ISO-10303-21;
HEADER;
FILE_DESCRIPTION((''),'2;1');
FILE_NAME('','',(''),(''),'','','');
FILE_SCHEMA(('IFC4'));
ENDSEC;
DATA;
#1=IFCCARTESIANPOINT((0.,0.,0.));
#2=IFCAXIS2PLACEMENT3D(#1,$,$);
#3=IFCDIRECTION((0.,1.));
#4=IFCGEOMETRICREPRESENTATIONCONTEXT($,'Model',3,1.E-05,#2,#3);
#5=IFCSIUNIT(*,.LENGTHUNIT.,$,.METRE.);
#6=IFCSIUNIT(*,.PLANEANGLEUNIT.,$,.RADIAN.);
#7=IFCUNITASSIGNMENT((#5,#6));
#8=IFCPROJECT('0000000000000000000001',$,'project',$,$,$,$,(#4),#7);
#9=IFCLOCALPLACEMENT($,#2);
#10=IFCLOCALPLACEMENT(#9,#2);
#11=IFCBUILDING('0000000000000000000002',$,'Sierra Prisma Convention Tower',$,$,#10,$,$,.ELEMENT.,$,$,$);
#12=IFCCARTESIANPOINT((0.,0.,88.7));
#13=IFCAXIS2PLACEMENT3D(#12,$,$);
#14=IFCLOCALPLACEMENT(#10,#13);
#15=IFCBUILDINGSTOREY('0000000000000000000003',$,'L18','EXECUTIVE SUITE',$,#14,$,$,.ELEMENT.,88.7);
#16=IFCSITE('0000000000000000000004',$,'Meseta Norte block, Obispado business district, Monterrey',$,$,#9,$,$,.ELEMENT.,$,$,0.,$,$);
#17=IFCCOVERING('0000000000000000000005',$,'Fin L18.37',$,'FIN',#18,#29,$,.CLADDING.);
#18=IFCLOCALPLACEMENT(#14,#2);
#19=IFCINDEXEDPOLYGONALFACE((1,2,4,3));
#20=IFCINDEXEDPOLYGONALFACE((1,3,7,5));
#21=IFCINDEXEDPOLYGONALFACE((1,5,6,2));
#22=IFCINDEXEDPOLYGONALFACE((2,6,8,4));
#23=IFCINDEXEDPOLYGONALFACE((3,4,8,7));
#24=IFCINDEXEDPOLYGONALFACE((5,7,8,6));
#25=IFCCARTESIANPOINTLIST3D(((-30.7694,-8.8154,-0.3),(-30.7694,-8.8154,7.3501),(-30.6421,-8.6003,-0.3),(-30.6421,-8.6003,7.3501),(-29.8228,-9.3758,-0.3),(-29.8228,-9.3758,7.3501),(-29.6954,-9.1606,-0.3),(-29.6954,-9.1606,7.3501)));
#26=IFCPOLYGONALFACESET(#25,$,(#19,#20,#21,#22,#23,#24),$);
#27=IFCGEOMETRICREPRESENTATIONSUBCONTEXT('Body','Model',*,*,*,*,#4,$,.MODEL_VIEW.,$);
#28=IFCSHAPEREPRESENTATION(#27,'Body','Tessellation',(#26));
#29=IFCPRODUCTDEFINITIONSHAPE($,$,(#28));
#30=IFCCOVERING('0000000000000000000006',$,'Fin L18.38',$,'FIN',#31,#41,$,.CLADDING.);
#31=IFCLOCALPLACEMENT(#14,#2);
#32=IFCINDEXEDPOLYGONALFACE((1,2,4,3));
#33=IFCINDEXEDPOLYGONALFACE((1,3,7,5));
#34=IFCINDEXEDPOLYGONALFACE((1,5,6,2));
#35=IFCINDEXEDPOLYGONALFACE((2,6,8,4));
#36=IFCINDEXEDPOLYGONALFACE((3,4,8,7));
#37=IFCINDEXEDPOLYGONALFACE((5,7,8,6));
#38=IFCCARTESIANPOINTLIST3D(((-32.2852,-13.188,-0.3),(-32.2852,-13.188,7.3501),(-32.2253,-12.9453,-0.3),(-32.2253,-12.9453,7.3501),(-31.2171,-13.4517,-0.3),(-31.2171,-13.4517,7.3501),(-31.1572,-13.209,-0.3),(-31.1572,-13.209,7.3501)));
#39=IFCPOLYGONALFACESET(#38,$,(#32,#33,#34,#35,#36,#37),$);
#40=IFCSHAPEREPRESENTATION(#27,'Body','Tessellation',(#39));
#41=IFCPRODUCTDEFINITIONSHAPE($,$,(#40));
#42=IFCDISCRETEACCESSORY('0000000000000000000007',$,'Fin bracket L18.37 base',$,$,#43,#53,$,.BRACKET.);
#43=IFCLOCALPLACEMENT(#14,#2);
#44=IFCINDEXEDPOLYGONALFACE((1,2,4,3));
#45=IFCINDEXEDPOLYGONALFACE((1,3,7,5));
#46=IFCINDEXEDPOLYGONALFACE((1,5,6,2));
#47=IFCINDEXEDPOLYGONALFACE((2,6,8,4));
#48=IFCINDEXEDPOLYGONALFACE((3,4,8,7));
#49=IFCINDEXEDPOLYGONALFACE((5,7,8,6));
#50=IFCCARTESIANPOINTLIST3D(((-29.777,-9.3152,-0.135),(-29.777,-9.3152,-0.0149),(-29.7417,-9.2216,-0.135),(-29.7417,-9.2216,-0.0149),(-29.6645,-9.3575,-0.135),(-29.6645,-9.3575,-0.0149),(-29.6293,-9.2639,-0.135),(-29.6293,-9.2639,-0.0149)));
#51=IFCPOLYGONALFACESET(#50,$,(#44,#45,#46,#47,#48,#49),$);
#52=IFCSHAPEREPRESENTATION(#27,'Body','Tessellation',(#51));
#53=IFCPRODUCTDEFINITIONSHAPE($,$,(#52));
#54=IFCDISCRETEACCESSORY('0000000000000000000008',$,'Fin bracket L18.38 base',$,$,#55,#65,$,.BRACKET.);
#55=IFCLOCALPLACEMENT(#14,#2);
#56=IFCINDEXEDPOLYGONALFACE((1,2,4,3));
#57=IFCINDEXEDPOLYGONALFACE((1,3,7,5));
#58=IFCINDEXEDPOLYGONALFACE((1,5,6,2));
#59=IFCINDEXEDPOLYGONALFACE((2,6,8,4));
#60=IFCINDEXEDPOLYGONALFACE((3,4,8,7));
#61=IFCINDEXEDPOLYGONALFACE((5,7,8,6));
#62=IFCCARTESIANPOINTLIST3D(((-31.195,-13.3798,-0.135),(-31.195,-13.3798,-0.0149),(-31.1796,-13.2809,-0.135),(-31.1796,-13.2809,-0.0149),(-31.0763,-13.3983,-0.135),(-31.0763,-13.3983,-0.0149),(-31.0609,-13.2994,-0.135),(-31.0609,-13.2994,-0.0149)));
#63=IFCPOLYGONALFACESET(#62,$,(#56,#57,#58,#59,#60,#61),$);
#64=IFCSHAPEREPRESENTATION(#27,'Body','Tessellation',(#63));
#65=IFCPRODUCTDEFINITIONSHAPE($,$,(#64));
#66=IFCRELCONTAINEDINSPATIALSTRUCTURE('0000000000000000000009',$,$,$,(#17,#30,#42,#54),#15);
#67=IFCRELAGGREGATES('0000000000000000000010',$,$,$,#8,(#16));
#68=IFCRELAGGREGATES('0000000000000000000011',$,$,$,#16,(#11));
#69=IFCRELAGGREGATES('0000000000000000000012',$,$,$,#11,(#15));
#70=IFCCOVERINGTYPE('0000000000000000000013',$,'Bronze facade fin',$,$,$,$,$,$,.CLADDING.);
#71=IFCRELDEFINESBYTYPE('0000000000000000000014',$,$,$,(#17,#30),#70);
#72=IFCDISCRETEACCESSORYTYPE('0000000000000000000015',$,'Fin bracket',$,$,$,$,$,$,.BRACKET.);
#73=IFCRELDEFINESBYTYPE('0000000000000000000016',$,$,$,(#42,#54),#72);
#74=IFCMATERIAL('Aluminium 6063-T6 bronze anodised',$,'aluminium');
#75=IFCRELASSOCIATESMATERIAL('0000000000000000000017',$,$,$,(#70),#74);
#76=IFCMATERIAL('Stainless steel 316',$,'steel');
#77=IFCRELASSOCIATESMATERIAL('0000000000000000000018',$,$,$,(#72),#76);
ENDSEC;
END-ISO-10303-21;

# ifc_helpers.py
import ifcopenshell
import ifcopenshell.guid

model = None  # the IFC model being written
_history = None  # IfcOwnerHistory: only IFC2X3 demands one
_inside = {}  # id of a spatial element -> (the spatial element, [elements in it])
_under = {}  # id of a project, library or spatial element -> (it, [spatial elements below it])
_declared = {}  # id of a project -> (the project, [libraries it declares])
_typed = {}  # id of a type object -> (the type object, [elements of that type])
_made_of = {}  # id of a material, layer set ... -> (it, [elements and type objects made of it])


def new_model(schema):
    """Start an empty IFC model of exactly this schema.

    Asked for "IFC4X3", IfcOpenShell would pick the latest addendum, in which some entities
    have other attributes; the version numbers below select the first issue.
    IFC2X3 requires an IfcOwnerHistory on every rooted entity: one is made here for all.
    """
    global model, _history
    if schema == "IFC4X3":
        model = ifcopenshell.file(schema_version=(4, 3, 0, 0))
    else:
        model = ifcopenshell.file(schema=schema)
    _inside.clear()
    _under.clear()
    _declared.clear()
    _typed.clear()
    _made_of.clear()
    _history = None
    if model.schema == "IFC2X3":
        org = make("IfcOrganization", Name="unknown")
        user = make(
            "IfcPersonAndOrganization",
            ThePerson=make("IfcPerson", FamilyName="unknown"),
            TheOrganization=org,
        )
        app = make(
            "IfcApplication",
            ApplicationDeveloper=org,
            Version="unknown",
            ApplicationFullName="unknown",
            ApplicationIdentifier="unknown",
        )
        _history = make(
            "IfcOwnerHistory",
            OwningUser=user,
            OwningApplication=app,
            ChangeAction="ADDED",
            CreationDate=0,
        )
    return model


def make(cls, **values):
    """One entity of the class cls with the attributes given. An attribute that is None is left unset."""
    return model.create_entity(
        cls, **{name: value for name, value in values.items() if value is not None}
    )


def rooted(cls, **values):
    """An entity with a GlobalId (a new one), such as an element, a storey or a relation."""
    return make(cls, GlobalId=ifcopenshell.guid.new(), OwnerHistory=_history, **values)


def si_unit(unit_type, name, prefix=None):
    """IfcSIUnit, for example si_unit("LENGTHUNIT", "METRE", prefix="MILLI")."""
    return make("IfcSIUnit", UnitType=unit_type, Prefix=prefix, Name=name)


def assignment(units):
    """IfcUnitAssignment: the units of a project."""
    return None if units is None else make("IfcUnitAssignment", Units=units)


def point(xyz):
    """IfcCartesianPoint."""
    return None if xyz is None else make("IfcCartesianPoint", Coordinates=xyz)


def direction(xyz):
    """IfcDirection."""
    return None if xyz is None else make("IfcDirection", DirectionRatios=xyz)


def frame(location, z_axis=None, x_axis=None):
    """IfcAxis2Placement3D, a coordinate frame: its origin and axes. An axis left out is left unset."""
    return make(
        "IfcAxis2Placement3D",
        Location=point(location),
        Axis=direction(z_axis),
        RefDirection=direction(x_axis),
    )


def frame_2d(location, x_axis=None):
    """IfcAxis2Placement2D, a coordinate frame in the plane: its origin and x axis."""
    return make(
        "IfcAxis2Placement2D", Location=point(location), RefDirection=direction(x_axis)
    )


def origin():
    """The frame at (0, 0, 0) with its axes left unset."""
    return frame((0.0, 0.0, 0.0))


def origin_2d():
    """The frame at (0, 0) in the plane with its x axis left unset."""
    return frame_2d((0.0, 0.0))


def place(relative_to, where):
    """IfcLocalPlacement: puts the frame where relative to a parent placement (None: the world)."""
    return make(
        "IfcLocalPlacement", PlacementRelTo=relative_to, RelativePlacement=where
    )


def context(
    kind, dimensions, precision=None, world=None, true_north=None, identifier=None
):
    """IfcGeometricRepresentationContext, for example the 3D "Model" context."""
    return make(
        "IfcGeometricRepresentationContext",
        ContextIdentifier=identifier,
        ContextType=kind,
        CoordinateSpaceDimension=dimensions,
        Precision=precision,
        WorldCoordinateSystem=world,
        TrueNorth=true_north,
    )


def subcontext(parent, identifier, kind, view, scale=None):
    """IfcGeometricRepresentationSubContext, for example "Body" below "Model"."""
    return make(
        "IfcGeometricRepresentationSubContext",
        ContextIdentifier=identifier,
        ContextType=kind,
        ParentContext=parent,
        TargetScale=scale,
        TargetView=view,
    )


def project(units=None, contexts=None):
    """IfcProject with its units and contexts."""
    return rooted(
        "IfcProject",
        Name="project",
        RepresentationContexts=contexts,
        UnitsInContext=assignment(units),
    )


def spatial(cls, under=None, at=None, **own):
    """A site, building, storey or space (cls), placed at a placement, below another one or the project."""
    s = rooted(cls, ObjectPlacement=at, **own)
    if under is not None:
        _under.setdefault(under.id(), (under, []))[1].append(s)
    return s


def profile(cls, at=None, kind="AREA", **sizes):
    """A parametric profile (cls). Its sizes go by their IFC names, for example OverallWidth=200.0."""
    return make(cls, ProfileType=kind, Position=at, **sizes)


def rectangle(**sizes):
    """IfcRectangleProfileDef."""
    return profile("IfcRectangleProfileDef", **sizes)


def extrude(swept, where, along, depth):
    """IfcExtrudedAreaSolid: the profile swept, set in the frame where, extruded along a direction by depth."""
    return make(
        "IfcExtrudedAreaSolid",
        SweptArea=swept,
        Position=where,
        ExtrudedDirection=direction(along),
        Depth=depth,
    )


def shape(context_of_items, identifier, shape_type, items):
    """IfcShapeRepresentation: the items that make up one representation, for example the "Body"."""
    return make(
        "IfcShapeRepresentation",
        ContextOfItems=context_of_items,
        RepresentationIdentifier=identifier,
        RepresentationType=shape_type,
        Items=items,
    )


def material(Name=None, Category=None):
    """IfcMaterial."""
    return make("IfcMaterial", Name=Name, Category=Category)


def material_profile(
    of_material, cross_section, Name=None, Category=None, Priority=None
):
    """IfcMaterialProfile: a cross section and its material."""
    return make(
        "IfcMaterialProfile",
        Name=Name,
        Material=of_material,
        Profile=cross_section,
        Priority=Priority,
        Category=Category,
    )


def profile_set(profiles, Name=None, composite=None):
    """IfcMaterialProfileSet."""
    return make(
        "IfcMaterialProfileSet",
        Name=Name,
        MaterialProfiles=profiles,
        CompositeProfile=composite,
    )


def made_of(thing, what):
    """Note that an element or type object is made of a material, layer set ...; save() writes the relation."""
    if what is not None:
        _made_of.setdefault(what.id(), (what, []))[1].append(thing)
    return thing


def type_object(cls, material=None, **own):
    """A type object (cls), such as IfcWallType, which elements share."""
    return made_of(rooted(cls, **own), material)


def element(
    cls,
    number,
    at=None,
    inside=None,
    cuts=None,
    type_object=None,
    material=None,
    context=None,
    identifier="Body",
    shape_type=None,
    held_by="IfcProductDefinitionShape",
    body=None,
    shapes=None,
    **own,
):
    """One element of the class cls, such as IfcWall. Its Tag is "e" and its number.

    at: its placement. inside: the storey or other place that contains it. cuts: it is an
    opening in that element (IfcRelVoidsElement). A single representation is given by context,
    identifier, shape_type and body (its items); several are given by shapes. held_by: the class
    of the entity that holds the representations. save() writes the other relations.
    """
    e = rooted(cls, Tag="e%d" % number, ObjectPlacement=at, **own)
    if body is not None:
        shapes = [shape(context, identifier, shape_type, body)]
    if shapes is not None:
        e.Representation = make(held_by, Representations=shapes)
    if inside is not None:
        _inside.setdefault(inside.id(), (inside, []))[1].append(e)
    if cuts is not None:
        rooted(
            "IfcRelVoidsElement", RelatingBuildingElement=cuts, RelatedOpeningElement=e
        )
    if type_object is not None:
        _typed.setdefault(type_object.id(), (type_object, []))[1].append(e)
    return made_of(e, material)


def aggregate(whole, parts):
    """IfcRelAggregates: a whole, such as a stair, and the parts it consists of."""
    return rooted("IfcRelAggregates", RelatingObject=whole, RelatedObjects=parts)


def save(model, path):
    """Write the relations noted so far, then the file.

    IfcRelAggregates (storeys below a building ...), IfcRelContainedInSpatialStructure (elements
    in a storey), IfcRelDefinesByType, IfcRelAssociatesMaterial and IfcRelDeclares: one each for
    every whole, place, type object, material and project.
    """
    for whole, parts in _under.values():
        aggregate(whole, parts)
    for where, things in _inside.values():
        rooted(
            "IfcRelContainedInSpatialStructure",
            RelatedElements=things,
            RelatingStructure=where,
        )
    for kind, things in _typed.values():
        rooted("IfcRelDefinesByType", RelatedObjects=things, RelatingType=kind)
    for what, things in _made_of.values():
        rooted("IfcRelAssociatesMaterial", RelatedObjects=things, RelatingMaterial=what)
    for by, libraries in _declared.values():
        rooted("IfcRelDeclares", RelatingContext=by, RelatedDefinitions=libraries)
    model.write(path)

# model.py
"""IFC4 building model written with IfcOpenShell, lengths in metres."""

from ifc_helpers import new_model, si_unit, direction, frame, origin, origin_2d, place, context, subcontext, project, spatial, rectangle, extrude, material, material_profile, profile_set, type_object, element, save


model = new_model("IFC4")

# Units and contexts
model_context = context("Model", 3, precision=1e-05, world=origin(), true_north=direction((0.0, 1.0)))
body_context = subcontext(model_context, "Body", "Model", "MODEL_VIEW")
ifc_project = project(units=[si_unit("LENGTHUNIT", "METRE"), si_unit("PLANEANGLEUNIT", "RADIAN")], contexts=[model_context])

# Site, building, storey
site_placement = place(None, origin())
site = spatial("IfcSite", under=ifc_project, at=site_placement, Name="Meseta Norte block, Obispado business district, Monterrey", CompositionType="ELEMENT", RefElevation=0.0)
building_placement = place(site_placement, origin())
building = spatial("IfcBuilding", under=site, at=building_placement, Name="Sierra Prisma Convention Tower", CompositionType="ELEMENT")
storey_placement = place(building_placement, frame((0.0, 0.0, 88.7)))
storey = spatial("IfcBuildingStorey", under=building, at=storey_placement, Name="L18", Description="EXECUTIVE SUITE", CompositionType="ELEMENT", Elevation=88.7)

# Coverings
ifc_material_1 = material(Name="Aluminium 6063-T6 bronze anodised", Category="aluminium")
ifc_material_profile_1 = material_profile(ifc_material_1, rectangle(XDim=1.1001, YDim=0.25, at=origin_2d()), Name="ALU FIN 1100x250")
ifc_profile_set_1 = profile_set([ifc_material_profile_1], Name="Aluminium 6063-T6 bronze anodised")
covering_type = type_object("IfcCoveringType", Name="Bronze facade fin", PredefinedType="CLADDING", material=ifc_profile_set_1)
for number, where, z_axis, x_axis, name in (
    (1, (-30.2324, -8.988, -0.3), (0.0, 0.0, 1.0), (-0.860546, 0.509373, 0.0), "Fin L18.37"),
    (2, (-31.7212, -13.1985, -0.3), (0.0, 0.0, 1.0), (-0.970856, 0.239664, 0.0), "Fin L18.38"),
):
    element("IfcCovering", number, at=place(storey_placement, frame(where, z_axis=z_axis, x_axis=x_axis)), inside=storey, type_object=covering_type, Name=name, ObjectType="FIN", PredefinedType="CLADDING", context=body_context, shape_type="SweptSolid", body=[
        extrude(rectangle(XDim=1.1001, YDim=0.25, at=origin_2d()), origin(), (0.0, 0.0, 1.0), 7.6501),
    ])

# Discrete accessories
ifc_material_2 = material(Name="Stainless steel 316", Category="steel")
discrete_accessory_type = type_object("IfcDiscreteAccessoryType", Name="Fin bracket", PredefinedType="BRACKET", material=ifc_material_2)
for number, where, z_axis, x_axis, name in (
    (3, (-29.7031, -9.2896, -0.135), (0.0, 0.0, 1.0), (-0.935924, 0.352202, 0.0), "Fin bracket L18.37 base"),
    (4, (-31.1279, -13.3396, -0.135), (0.0, 0.0, 1.0), (-0.98805, 0.154136, 0.0), "Fin bracket L18.38 base"),
):
    element("IfcDiscreteAccessory", number, at=place(storey_placement, frame(where, z_axis=z_axis, x_axis=x_axis)), inside=storey, type_object=discrete_accessory_type, Name=name, PredefinedType="BRACKET", context=body_context, shape_type="SweptSolid", body=[
        extrude(rectangle(XDim=0.1201, YDim=0.1001, at=origin_2d()), origin(), (0.0, 0.0, 1.0), 0.1201),
    ])

save(model, "model.ifc")
